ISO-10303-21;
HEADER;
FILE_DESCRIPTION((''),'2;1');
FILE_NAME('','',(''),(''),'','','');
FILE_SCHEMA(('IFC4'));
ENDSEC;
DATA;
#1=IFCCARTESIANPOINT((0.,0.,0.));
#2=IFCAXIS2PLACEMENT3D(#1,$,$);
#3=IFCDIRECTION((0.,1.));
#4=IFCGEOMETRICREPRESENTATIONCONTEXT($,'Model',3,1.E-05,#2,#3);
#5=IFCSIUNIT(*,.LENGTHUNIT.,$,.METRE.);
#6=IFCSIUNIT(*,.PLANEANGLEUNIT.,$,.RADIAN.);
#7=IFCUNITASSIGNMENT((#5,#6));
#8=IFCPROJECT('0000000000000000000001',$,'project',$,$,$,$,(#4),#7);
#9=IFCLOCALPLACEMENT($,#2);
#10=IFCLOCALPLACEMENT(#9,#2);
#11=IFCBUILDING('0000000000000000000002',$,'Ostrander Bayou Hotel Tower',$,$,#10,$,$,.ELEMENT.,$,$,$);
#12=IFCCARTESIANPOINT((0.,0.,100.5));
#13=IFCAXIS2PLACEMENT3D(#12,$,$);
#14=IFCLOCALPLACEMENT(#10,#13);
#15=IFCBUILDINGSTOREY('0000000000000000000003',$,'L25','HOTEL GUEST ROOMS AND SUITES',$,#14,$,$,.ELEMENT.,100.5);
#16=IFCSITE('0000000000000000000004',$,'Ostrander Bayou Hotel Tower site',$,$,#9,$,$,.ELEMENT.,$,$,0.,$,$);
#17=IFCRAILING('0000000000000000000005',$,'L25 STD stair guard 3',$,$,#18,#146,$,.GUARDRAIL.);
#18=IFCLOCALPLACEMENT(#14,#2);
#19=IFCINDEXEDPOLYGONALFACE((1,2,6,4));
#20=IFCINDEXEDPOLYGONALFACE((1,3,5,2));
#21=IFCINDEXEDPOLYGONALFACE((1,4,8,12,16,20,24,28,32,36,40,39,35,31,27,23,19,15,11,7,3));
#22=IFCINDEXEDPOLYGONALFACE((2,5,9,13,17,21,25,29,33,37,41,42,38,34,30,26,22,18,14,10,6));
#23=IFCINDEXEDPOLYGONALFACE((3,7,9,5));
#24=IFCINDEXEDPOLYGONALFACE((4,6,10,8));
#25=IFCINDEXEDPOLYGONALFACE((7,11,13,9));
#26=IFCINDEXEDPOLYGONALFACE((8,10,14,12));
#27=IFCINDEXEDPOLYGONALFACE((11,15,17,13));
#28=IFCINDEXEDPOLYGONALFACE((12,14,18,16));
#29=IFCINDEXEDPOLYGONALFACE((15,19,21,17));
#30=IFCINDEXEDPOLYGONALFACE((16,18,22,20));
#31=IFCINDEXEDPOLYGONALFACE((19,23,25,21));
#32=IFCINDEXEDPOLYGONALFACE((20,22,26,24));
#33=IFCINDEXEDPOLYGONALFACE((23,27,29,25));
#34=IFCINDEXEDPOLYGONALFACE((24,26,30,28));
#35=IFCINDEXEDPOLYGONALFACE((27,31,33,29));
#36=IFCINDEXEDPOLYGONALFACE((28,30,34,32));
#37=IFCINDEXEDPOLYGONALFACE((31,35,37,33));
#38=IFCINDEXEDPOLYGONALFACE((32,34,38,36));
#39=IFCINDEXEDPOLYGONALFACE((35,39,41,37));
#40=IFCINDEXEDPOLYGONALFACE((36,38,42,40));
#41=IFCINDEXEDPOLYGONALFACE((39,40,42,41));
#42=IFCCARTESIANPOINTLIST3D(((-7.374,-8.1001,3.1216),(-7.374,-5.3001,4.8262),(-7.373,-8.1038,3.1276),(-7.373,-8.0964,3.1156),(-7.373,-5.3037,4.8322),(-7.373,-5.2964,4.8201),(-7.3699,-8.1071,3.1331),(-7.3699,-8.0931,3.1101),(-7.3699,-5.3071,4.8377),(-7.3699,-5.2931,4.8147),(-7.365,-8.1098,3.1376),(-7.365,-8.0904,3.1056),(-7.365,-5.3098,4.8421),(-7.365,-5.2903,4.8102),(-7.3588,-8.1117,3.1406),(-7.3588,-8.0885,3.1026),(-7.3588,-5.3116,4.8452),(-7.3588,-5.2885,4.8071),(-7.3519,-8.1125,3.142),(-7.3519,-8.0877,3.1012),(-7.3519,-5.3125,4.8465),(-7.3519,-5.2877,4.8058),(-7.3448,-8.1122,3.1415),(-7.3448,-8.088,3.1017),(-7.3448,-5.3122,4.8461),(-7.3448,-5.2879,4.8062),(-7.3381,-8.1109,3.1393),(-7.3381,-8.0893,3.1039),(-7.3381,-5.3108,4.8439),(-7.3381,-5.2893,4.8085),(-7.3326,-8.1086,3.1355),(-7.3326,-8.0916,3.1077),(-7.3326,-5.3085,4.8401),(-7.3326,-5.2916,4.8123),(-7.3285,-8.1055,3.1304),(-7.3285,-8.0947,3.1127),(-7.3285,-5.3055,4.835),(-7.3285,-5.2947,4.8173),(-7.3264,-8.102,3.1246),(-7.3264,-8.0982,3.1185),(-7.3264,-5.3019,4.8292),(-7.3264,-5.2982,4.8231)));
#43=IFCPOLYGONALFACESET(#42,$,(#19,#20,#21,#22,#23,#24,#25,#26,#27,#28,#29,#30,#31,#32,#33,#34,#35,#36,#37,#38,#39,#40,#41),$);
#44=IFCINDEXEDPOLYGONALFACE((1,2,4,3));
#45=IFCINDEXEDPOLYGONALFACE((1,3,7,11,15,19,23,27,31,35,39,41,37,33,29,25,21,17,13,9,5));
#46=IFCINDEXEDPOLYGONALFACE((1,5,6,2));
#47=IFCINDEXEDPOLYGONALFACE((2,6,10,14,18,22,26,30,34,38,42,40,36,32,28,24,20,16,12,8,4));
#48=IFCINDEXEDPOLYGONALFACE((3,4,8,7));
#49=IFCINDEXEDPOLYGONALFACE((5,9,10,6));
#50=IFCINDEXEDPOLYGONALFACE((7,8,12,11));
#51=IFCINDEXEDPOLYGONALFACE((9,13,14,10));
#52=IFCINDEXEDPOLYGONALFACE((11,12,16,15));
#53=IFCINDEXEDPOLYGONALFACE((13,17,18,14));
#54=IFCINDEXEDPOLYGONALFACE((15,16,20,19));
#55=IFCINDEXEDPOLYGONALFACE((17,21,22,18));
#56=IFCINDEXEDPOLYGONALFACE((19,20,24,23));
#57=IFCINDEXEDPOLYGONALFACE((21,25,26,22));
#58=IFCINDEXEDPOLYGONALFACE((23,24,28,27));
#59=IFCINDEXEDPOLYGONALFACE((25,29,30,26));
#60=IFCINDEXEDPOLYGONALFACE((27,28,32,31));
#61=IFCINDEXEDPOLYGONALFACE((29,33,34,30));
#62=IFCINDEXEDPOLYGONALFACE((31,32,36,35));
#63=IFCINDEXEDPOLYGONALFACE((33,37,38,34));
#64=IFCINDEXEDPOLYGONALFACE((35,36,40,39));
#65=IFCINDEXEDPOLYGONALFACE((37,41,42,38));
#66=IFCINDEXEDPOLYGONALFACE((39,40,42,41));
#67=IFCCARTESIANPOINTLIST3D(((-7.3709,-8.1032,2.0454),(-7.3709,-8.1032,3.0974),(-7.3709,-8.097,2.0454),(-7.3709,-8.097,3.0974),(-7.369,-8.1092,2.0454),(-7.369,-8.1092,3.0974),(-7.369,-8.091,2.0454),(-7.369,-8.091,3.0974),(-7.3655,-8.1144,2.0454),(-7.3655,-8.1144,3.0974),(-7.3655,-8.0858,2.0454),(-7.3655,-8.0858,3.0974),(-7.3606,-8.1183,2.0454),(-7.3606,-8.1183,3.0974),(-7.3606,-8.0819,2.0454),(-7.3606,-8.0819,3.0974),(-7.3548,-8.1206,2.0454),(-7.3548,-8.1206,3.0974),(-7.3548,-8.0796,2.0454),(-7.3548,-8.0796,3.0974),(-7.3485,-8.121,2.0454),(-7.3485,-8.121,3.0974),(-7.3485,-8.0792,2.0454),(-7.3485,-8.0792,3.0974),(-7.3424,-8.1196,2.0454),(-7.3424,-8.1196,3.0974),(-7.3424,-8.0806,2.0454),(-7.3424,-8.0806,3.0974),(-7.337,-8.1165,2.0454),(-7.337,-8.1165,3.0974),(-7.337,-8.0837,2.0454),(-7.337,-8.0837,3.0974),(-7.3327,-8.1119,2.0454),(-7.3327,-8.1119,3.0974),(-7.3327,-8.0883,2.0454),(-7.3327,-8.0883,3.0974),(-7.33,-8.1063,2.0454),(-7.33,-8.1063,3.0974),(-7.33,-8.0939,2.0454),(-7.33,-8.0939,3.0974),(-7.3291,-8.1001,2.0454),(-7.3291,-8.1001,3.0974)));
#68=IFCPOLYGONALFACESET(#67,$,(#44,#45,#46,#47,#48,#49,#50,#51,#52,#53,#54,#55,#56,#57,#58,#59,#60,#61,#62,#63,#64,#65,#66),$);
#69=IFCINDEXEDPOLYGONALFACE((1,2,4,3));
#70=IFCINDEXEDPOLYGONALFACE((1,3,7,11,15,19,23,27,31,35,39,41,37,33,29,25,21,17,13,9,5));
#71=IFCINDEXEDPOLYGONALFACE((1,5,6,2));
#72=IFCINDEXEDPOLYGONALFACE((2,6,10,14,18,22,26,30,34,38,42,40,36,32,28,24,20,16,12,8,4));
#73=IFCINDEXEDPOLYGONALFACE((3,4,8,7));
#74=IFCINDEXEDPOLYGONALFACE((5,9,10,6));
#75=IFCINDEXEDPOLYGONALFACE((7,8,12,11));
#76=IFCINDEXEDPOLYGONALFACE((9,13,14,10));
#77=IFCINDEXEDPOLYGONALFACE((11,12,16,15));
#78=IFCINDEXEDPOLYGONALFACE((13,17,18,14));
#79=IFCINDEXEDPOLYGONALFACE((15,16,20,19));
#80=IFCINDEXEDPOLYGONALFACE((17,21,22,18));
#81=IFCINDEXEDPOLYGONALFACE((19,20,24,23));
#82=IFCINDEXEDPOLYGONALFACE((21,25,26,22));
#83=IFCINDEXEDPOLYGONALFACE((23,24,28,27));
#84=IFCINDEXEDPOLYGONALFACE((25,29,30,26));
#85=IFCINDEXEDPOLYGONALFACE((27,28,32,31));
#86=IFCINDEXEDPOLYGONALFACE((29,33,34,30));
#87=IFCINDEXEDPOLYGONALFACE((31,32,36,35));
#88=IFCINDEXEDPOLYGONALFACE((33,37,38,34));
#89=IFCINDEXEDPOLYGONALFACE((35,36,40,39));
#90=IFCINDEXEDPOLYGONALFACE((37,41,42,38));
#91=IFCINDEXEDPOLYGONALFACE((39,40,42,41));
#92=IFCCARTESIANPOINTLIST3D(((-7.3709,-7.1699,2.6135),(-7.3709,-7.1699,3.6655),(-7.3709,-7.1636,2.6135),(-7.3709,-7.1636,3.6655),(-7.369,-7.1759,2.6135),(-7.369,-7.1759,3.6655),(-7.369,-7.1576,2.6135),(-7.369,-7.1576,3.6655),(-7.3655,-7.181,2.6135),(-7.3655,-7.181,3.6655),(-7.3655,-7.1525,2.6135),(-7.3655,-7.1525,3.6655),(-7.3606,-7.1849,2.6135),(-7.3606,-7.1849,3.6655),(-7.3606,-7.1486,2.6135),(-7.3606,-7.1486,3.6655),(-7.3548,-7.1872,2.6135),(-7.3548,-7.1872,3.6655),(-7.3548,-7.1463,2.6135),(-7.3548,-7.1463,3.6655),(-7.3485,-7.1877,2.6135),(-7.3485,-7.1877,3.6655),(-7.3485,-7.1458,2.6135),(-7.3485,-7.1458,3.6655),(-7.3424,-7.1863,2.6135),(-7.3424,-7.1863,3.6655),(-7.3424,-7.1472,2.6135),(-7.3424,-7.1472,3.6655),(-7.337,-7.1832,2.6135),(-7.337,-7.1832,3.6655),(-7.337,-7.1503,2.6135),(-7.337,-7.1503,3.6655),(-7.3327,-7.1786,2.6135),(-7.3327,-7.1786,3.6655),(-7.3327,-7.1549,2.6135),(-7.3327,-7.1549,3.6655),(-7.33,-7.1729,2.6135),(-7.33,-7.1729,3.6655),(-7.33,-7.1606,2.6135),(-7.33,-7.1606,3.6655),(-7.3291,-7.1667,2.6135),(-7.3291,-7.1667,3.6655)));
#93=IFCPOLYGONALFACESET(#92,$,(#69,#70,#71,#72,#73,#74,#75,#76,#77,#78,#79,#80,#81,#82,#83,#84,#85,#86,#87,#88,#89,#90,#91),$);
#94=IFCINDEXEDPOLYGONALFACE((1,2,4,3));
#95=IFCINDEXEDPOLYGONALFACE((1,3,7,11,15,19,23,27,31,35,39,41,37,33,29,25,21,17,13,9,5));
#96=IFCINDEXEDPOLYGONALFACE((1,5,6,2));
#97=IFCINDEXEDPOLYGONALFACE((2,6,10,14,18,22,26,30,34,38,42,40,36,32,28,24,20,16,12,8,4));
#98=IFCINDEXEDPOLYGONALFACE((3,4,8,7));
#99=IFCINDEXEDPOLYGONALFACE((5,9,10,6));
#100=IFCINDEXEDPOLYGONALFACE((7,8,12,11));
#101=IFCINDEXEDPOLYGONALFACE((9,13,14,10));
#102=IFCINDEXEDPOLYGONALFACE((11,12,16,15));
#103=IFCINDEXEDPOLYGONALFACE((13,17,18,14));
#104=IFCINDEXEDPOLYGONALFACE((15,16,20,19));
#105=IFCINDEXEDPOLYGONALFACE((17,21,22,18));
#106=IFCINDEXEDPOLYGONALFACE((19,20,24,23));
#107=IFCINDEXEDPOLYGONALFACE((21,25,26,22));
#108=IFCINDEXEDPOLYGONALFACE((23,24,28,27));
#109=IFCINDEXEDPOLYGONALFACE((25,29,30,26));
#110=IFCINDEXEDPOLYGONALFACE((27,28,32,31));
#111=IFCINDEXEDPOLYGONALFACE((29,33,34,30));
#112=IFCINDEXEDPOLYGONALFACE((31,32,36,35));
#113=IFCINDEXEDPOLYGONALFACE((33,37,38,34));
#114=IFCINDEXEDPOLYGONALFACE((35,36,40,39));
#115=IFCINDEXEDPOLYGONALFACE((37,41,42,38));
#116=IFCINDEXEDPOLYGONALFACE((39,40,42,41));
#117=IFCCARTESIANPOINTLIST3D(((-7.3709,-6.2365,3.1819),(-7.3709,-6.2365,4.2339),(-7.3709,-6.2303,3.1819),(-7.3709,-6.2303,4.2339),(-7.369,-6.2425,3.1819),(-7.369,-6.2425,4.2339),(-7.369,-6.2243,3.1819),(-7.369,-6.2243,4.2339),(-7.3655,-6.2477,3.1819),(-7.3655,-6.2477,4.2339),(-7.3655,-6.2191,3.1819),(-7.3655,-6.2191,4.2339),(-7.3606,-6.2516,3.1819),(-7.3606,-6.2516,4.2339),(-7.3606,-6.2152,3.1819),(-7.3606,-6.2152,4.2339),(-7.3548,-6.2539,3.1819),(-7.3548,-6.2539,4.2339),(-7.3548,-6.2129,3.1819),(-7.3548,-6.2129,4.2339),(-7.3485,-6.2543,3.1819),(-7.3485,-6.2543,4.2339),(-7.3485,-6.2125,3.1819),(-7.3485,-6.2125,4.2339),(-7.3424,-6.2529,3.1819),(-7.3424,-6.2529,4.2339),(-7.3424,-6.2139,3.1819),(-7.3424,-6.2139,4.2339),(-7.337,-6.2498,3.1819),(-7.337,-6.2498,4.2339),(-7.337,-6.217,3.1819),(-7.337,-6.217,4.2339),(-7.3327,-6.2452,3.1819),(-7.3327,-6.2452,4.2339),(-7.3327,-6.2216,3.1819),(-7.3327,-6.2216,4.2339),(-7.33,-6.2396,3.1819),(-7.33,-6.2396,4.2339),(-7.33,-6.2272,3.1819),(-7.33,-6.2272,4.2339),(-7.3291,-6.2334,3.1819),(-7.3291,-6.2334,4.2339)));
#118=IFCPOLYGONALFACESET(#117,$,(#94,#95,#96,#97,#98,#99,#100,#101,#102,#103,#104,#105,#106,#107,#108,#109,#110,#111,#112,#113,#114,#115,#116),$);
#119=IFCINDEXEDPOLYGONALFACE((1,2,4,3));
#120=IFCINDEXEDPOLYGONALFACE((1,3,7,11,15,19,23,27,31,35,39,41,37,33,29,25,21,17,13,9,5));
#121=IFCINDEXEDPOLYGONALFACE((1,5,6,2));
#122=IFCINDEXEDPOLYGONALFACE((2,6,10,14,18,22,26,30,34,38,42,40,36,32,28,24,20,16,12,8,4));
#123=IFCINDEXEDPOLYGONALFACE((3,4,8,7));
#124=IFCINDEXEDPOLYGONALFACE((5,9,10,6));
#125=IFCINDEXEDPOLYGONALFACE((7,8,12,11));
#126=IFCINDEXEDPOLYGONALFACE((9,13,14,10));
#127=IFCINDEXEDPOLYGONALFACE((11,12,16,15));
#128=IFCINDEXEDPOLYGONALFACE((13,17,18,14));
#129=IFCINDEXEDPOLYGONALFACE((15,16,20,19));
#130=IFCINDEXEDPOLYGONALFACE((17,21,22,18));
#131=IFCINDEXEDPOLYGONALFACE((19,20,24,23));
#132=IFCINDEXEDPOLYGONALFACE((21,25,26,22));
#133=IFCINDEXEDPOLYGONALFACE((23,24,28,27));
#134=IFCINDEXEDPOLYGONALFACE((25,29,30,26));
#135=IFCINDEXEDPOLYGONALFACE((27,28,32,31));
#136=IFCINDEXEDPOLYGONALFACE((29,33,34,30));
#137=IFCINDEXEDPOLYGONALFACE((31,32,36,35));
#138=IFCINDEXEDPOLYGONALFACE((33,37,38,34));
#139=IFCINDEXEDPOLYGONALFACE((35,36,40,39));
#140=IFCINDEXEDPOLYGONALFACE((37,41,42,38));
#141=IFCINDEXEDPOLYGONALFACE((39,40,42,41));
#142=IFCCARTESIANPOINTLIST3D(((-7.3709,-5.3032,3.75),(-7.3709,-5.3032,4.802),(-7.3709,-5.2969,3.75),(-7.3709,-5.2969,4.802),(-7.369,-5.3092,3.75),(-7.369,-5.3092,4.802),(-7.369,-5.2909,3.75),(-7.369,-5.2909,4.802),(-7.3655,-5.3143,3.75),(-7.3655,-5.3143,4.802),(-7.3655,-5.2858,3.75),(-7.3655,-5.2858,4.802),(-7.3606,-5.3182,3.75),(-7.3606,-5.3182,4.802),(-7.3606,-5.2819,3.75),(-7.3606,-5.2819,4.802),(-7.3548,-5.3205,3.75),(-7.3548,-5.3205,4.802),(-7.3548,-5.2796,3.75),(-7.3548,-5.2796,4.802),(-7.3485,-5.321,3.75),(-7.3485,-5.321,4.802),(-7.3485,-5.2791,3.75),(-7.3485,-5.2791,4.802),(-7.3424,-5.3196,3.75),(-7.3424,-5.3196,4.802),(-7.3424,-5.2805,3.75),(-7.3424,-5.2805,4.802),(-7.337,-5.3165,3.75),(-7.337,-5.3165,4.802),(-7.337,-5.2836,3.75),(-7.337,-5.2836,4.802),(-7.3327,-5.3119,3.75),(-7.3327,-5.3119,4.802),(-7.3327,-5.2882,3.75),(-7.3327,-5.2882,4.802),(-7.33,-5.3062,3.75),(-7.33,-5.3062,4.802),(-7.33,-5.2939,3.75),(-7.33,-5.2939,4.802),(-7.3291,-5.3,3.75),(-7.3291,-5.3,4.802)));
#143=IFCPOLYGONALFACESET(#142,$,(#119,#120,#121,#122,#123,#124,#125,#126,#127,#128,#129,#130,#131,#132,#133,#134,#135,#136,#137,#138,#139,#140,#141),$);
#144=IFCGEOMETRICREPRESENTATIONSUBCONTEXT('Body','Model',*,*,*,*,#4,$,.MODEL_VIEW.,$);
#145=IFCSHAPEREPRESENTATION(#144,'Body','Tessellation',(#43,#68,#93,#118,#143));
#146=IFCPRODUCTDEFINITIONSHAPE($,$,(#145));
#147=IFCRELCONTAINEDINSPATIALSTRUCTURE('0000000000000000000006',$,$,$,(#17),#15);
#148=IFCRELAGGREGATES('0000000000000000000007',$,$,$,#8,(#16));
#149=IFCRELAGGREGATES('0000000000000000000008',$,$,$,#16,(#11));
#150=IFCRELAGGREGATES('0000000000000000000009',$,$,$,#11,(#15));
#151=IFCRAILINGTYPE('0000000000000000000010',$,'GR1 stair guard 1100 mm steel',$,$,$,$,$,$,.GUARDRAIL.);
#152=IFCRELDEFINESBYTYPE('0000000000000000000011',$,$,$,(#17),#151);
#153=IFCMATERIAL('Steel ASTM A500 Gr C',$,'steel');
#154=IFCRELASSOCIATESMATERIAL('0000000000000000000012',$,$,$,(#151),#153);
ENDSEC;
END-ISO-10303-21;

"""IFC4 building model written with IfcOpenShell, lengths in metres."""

from ifc_helpers import new_model, si_unit, direction, frame, origin, origin_2d, place, context, subcontext, project, spatial, circle, extrude, material, type_object, element, save


model = new_model("IFC4")

# Units and contexts
model_context = context("Model", 3, precision=1e-05, world=origin(), true_north=direction((0.0, 1.0)))
body_context = subcontext(model_context, "Body", "Model", "MODEL_VIEW")
ifc_project = project(units=[si_unit("LENGTHUNIT", "METRE"), si_unit("PLANEANGLEUNIT", "RADIAN")], contexts=[model_context])

# Site, building, storey
site_placement = place(None, origin())
site = spatial("IfcSite", under=ifc_project, at=site_placement, Name="Ostrander Bayou Hotel Tower site", CompositionType="ELEMENT", RefElevation=0.0)
building_placement = place(site_placement, origin())
building = spatial("IfcBuilding", under=site, at=building_placement, Name="Ostrander Bayou Hotel Tower", CompositionType="ELEMENT")
storey_placement = place(building_placement, frame((0.0, 0.0, 100.5)))
storey = spatial("IfcBuildingStorey", under=building, at=storey_placement, Name="L25", Description="HOTEL GUEST ROOMS AND SUITES", CompositionType="ELEMENT", Elevation=100.5)

# Railing
ifc_material_1 = material(Name="Steel ASTM A500 Gr C", Category="steel")
railing_type_1 = type_object("IfcRailingType", Name="GR1 stair guard 1100 mm steel", PredefinedType="GUARDRAIL", material=ifc_material_1)
railing_1_placement = place(storey_placement, frame((-7.3501, -8.1001, 2.0454)))
element("IfcRailing", 1, at=railing_1_placement, inside=storey, type_object=railing_type_1, Name="L25 STD stair guard 3", PredefinedType="GUARDRAIL", context=body_context, shape_type="SweptSolid", body=[
    extrude(circle(Radius=0.0239, at=origin_2d()), frame((0.0, 0.0, 1.0762), z_axis=(0.0, 0.85417, 0.519994), x_axis=(-1.0, 0.0, 0.0)), (0.0, 0.0, 1.0), 3.2781),
    extrude(circle(Radius=0.021, at=origin_2d()), origin(), (0.0, 0.0, 1.0), 1.052),
    extrude(circle(Radius=0.021, at=origin_2d()), frame((0.0, 0.9333, 0.5681)), (0.0, 0.0, 1.0), 1.052),
    extrude(circle(Radius=0.021, at=origin_2d()), frame((0.0, 1.8667, 1.1365)), (0.0, 0.0, 1.0), 1.052),
    extrude(circle(Radius=0.021, at=origin_2d()), frame((0.0, 2.8, 1.7046)), (0.0, 0.0, 1.0), 1.052),
])

save(model, "model.ifc")
